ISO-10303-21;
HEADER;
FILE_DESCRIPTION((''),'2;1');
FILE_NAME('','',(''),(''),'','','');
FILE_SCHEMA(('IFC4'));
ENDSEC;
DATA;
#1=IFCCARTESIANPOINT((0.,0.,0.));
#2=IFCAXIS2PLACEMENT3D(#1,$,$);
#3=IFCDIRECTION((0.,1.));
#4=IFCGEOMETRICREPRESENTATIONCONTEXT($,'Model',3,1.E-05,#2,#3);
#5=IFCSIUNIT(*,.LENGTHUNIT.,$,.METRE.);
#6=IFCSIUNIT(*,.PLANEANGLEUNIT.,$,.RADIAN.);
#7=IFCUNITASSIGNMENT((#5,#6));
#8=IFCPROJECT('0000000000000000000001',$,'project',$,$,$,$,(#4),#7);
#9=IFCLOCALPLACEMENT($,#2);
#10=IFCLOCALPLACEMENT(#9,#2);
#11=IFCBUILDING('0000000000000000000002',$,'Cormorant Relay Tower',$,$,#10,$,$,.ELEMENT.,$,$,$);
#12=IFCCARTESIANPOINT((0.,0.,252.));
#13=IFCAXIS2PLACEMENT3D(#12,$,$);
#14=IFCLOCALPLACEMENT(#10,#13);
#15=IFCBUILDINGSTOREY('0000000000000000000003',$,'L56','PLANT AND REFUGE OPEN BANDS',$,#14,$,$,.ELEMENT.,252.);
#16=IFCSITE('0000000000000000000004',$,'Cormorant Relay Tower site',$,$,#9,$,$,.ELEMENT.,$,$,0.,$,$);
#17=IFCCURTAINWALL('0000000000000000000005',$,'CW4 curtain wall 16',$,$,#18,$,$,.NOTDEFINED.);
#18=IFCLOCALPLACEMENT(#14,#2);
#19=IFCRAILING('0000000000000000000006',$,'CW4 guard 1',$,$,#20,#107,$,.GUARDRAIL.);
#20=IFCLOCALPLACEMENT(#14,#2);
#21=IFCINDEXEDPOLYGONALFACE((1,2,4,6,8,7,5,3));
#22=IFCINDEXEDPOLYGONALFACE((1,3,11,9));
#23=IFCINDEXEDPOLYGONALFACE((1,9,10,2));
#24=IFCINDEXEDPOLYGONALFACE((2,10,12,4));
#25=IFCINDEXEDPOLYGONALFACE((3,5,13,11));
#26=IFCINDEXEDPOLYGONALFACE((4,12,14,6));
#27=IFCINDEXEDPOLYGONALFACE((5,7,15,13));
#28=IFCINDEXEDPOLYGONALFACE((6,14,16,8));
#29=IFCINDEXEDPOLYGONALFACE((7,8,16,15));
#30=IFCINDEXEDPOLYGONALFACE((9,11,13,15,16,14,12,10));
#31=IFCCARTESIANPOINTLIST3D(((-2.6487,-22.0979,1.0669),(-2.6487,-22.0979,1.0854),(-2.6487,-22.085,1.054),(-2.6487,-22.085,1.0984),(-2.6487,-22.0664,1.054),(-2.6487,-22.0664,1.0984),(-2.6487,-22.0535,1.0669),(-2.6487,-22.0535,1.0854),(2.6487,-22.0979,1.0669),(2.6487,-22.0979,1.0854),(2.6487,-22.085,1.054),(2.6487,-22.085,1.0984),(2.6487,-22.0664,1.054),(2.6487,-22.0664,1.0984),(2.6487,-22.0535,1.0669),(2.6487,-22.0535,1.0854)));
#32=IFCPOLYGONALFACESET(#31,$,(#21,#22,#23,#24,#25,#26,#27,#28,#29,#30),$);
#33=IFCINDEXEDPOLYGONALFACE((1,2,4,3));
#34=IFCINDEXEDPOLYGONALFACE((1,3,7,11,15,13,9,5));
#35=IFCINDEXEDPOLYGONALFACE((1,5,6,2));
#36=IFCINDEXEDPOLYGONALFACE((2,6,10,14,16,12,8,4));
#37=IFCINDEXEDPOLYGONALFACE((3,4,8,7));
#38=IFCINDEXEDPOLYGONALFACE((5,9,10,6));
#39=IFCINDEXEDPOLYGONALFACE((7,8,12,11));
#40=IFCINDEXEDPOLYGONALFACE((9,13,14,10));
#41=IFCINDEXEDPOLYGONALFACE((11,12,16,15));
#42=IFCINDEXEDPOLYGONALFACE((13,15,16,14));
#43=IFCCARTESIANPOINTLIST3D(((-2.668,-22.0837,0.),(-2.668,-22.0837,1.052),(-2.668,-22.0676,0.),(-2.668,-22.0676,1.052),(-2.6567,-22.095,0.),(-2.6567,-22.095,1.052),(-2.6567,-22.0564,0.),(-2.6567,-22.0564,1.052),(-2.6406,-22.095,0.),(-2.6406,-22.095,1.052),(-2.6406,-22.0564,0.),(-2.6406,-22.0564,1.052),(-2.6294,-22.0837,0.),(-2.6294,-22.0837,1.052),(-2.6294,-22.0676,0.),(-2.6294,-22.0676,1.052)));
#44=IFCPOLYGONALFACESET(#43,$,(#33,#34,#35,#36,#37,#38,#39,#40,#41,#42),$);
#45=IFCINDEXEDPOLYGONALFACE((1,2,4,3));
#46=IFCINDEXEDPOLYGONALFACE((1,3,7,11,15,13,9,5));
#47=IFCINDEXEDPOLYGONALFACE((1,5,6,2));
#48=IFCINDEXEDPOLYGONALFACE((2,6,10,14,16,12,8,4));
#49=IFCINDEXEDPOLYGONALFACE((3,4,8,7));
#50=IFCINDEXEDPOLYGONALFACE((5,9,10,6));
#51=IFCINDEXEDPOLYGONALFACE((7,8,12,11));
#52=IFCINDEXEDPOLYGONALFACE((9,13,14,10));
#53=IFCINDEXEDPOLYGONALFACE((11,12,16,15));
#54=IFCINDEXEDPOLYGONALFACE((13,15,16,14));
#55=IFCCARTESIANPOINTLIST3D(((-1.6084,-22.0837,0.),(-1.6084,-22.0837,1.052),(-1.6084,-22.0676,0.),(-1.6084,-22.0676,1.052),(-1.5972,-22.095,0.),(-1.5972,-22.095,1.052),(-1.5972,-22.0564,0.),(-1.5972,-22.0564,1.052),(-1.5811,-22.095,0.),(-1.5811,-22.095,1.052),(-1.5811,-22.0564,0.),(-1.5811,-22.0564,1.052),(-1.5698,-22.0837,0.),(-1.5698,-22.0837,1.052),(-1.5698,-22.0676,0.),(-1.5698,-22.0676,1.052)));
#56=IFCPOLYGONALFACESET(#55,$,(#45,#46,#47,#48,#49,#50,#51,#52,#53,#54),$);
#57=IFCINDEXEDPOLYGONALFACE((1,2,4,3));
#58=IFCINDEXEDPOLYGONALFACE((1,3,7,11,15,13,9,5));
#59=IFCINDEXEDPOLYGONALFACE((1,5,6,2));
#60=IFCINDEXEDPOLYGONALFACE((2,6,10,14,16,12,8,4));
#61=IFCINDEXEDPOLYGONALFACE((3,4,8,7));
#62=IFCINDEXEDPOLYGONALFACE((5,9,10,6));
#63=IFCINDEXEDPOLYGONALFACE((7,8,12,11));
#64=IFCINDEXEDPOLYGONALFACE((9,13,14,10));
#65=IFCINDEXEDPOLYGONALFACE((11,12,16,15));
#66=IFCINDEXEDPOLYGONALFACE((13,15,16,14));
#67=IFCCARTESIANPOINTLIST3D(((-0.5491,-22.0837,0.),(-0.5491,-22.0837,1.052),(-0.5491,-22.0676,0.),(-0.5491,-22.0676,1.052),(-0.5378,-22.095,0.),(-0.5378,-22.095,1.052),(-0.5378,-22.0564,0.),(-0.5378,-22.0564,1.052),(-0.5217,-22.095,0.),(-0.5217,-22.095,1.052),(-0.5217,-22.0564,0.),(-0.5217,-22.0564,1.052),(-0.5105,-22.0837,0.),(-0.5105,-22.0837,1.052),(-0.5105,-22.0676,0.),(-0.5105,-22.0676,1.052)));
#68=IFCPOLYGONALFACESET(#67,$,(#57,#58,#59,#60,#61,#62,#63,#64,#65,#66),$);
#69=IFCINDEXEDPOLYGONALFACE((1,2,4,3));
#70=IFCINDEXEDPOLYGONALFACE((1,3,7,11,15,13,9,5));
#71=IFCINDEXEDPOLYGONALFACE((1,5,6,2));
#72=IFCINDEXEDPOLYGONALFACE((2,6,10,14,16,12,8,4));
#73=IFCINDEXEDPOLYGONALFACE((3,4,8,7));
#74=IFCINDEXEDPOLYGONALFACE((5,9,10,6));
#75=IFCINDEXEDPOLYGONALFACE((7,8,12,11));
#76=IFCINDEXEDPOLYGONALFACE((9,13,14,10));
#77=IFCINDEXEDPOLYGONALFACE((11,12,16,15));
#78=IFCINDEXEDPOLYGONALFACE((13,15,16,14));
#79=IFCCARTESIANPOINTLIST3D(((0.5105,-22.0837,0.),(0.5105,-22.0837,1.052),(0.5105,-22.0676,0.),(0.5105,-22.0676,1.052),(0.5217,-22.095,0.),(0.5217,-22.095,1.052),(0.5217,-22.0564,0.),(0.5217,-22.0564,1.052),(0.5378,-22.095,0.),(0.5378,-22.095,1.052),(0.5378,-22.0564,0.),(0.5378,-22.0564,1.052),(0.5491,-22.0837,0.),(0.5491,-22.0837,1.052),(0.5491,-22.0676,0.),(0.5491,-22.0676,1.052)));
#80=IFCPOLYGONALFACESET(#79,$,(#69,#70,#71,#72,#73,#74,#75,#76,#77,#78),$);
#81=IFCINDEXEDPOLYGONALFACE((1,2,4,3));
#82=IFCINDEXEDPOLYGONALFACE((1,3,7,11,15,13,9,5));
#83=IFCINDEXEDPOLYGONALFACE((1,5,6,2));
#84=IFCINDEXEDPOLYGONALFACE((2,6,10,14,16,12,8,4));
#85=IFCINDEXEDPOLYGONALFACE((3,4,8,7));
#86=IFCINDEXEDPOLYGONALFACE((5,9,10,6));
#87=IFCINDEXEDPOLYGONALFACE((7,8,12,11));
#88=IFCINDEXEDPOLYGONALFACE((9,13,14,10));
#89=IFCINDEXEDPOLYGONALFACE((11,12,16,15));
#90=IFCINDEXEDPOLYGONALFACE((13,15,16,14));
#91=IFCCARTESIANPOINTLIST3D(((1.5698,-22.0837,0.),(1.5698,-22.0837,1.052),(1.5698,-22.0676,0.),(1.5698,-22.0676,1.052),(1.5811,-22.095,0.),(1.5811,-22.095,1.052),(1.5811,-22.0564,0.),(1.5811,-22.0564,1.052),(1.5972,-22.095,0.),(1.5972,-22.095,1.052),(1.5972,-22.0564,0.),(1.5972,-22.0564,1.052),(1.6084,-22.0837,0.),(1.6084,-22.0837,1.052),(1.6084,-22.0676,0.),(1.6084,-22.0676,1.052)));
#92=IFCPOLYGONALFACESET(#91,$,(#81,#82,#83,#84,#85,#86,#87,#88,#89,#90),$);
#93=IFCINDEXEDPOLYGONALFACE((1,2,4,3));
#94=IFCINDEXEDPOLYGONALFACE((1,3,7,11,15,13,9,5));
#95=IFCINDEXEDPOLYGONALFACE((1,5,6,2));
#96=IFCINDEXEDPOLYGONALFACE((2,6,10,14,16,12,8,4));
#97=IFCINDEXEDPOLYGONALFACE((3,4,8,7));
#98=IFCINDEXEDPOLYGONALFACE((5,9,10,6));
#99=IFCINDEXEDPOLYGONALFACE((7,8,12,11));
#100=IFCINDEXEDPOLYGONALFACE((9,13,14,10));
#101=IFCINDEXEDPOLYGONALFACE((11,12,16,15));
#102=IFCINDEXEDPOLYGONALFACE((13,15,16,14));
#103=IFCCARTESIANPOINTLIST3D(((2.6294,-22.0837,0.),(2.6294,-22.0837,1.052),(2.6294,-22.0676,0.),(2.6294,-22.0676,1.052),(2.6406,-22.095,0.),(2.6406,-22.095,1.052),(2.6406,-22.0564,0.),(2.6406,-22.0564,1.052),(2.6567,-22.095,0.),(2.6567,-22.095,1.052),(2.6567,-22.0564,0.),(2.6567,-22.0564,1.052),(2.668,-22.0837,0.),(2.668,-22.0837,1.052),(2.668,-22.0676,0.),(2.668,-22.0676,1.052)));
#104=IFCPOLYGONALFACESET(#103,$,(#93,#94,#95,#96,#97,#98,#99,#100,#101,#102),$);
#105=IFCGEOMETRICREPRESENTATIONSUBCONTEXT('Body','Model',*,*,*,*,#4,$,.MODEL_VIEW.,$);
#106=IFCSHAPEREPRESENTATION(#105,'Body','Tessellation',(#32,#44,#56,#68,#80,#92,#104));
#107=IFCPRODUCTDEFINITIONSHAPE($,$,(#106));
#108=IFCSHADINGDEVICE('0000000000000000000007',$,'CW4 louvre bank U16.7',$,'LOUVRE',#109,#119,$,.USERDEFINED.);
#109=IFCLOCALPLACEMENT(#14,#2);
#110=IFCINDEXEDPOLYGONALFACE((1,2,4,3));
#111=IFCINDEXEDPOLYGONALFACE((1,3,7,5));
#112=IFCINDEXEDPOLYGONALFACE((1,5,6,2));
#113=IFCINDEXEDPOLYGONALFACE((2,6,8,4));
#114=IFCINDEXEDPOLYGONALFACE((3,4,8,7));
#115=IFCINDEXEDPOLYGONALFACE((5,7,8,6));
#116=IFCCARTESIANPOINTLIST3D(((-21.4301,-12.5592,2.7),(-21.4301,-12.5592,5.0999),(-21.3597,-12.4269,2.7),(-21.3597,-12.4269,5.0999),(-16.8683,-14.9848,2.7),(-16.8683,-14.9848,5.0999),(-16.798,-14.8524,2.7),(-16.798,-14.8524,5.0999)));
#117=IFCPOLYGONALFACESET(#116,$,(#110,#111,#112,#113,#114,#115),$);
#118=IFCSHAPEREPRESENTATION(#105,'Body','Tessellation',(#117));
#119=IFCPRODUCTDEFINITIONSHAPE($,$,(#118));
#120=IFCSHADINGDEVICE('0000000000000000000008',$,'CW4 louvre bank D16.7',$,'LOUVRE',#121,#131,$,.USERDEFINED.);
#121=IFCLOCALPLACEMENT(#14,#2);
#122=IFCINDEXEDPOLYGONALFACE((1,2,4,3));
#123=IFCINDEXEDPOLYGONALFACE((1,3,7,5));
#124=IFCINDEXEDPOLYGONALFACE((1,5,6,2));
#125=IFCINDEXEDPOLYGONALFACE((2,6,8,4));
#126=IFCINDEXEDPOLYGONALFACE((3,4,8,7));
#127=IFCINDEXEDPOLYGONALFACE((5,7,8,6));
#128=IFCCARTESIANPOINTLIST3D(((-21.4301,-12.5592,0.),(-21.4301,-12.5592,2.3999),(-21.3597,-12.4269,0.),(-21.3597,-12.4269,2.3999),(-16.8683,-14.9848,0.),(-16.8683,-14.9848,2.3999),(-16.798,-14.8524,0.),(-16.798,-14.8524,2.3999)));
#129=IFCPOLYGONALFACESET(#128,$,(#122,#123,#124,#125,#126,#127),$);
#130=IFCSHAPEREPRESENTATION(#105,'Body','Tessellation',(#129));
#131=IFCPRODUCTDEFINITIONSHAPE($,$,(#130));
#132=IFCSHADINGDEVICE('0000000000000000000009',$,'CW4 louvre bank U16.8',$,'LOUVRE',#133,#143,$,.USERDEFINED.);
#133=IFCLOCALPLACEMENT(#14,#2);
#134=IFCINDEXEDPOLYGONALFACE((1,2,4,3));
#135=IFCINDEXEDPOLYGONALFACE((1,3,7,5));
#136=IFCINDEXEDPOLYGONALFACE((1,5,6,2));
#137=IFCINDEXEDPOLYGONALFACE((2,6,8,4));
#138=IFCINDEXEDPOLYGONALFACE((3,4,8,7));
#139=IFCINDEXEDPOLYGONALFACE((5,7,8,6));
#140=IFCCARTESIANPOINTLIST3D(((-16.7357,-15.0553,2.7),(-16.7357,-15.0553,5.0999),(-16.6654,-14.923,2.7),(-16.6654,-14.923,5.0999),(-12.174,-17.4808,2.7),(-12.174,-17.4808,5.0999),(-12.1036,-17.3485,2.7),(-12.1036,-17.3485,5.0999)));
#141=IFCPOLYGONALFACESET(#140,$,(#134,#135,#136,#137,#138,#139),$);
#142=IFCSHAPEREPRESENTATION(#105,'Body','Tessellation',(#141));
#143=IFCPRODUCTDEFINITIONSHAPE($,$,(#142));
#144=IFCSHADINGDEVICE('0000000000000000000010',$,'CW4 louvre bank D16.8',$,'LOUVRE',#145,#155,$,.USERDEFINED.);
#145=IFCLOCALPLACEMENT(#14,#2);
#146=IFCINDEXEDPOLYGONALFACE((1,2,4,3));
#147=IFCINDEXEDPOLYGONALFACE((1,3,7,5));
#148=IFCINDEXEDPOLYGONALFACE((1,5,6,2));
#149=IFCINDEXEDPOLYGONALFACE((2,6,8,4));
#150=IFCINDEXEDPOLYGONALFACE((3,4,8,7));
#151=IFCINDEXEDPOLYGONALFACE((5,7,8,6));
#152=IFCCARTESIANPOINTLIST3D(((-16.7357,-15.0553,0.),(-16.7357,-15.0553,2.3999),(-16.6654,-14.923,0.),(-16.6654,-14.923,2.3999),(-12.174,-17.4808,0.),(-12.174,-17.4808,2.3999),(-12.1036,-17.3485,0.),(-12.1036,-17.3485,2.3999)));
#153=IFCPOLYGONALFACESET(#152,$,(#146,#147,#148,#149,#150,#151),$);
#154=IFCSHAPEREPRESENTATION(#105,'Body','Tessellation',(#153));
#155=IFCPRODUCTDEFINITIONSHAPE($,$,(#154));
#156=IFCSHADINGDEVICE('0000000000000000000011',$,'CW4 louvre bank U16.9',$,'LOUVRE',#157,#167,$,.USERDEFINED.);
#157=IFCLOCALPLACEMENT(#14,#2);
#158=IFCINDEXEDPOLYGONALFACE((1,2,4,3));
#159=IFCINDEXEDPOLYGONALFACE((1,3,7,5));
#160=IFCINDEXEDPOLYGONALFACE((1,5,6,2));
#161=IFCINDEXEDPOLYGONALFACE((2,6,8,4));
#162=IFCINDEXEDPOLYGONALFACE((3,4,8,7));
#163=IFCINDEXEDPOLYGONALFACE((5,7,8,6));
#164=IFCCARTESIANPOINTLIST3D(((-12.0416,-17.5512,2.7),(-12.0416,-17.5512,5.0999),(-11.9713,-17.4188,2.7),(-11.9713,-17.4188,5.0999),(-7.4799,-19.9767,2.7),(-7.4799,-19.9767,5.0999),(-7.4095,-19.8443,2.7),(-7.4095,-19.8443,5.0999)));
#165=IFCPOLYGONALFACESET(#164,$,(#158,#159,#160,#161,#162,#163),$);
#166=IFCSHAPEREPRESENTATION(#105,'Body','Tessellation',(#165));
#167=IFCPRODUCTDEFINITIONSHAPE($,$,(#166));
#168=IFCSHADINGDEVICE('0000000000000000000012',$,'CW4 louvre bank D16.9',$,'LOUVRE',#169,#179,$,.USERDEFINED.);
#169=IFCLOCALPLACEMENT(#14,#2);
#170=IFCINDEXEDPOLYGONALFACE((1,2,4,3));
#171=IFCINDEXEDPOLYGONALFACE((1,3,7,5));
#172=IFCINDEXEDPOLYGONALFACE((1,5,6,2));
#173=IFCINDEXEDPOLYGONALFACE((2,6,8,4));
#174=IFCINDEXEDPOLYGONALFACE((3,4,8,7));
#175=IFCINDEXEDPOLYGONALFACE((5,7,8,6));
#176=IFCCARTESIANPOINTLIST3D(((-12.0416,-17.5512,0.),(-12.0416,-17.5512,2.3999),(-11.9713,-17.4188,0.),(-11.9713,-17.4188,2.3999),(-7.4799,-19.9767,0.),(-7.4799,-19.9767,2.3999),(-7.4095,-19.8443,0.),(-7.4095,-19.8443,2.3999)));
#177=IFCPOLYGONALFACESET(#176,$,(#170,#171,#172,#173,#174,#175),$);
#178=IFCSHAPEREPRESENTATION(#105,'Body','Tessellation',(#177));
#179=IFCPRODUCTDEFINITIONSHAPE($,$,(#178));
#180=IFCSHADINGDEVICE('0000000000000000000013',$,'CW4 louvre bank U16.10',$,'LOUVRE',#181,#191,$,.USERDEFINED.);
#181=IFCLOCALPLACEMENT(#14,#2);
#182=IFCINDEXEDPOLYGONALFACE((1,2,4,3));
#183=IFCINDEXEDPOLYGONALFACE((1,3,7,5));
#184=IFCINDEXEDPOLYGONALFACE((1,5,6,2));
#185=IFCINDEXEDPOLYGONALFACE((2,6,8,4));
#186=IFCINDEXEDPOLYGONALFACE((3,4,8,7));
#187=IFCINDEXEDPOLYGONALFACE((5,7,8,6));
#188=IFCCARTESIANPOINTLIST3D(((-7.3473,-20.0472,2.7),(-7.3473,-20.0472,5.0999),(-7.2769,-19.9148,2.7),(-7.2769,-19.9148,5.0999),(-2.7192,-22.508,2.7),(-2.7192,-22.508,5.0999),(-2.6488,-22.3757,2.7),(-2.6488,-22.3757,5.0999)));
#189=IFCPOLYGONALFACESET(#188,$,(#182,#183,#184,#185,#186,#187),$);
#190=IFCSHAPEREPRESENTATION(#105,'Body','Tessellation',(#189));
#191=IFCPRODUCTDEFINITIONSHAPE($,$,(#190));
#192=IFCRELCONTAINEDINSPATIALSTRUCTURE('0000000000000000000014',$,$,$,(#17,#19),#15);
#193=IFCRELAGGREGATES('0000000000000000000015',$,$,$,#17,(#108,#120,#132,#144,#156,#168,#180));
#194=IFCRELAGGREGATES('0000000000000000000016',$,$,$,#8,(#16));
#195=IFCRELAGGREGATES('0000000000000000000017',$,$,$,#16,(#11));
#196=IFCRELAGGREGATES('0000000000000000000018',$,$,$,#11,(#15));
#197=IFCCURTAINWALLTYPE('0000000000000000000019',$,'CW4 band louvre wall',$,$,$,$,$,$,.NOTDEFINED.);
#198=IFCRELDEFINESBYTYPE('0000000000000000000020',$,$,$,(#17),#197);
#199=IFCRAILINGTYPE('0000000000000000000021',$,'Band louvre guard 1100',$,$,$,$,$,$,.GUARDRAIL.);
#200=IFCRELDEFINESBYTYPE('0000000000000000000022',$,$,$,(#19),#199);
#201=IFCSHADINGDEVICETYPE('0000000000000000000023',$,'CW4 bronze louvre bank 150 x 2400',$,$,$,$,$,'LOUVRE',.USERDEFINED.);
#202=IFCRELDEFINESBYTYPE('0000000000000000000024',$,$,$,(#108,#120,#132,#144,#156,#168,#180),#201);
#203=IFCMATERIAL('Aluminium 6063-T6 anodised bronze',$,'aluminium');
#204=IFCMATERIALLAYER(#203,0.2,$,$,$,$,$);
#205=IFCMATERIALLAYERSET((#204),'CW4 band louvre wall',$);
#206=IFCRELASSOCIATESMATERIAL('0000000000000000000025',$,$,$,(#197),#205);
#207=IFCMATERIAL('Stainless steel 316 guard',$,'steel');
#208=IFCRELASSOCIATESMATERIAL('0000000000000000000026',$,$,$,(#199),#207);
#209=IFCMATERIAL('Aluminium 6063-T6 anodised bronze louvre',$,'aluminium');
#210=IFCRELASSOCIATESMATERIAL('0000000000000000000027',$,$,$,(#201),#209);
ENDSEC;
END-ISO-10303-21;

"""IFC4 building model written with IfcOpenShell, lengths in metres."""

from ifc_helpers import new_model, si_unit, direction, frame, origin, origin_2d, place, context, subcontext, project, spatial, polyline, rectangle, outline, extrude, material, layer, layer_set, type_object, element, aggregate, save


model = new_model("IFC4")

# Units and contexts
model_context = context("Model", 3, precision=1e-05, world=origin(), true_north=direction((0.0, 1.0)))
body_context = subcontext(model_context, "Body", "Model", "MODEL_VIEW")
ifc_project = project(units=[si_unit("LENGTHUNIT", "METRE"), si_unit("PLANEANGLEUNIT", "RADIAN")], contexts=[model_context])

# Site, building, storey
site_placement = place(None, origin())
site = spatial("IfcSite", under=ifc_project, at=site_placement, Name="Cormorant Relay Tower site", CompositionType="ELEMENT", RefElevation=0.0)
building_placement = place(site_placement, origin())
building = spatial("IfcBuilding", under=site, at=building_placement, Name="Cormorant Relay Tower", CompositionType="ELEMENT")
storey_placement = place(building_placement, frame((0.0, 0.0, 252.0)))
storey = spatial("IfcBuildingStorey", under=building, at=storey_placement, Name="L56", Description="PLANT AND REFUGE OPEN BANDS", CompositionType="ELEMENT", Elevation=252.0)

# Shared definitions
ifc_material_1 = material(Name="Aluminium 6063-T6 anodised bronze", Category="aluminium")
ifc_layer_1 = layer(ifc_material_1, 0.2)
ifc_layer_set_1 = layer_set([ifc_layer_1], Name="CW4 band louvre wall")
curtain_wall_type = type_object("IfcCurtainWallType", Name="CW4 band louvre wall", PredefinedType="NOTDEFINED", material=ifc_layer_set_1)

# Curtain wall
curtain_wall_1_placement = place(storey_placement, origin())
curtain_wall_1 = element("IfcCurtainWall", 1, at=curtain_wall_1_placement, inside=storey, type_object=curtain_wall_type, Name="CW4 curtain wall 16", PredefinedType="NOTDEFINED")

# Railing
ifc_material_2 = material(Name="Stainless steel 316 guard", Category="steel")
railing_type_1 = type_object("IfcRailingType", Name="Band louvre guard 1100", PredefinedType="GUARDRAIL", material=ifc_material_2)
railing_1_placement = place(storey_placement, frame((-2.6487, -22.0757, 0.0)))
element("IfcRailing", 2, at=railing_1_placement, inside=storey, type_object=railing_type_1, Name="CW4 guard 1", PredefinedType="GUARDRAIL", context=body_context, shape_type="SweptSolid", body=[
    extrude(outline(polyline([(0.0222, 0.0093), (0.0093, 0.0222), (-0.0093, 0.0222), (-0.0222, 0.0093), (-0.0222, -0.0093), (-0.0093, -0.0222), (0.0093, -0.0222), (0.0222, -0.0093), (0.0222, 0.0093)])), frame((0.0, 0.0, 1.0762), z_axis=(1.0, 0.0, 0.0), x_axis=(0.0, 1.0, 0.0)), (0.0, 0.0, 1.0), 5.2974),
    extrude(outline(polyline([(0.0193, 0.0081), (0.0081, 0.0193), (-0.0081, 0.0193), (-0.0193, 0.0081), (-0.0193, -0.0081), (-0.0081, -0.0193), (0.0081, -0.0193), (0.0193, -0.0081), (0.0193, 0.0081)])), origin(), (0.0, 0.0, 1.0), 1.052),
    extrude(outline(polyline([(0.0193, 0.0081), (0.0081, 0.0193), (-0.0081, 0.0193), (-0.0193, 0.0081), (-0.0193, -0.0081), (-0.0081, -0.0193), (0.0081, -0.0193), (0.0193, -0.0081), (0.0193, 0.0081)])), frame((1.0596, 0.0, 0.0)), (0.0, 0.0, 1.0), 1.052),
    extrude(outline(polyline([(0.0193, 0.0081), (0.0081, 0.0193), (-0.0081, 0.0193), (-0.0193, 0.0081), (-0.0193, -0.0081), (-0.0081, -0.0193), (0.0081, -0.0193), (0.0193, -0.0081), (0.0193, 0.0081)])), frame((2.1189, 0.0, 0.0)), (0.0, 0.0, 1.0), 1.052),
    extrude(outline(polyline([(0.0193, 0.0081), (0.0081, 0.0193), (-0.0081, 0.0193), (-0.0193, 0.0081), (-0.0193, -0.0081), (-0.0081, -0.0193), (0.0081, -0.0193), (0.0193, -0.0081), (0.0193, 0.0081)])), frame((3.1785, 0.0, 0.0)), (0.0, 0.0, 1.0), 1.052),
    extrude(outline(polyline([(0.0193, 0.0081), (0.0081, 0.0193), (-0.0081, 0.0193), (-0.0193, 0.0081), (-0.0193, -0.0081), (-0.0081, -0.0193), (0.0081, -0.0193), (0.0193, -0.0081), (0.0193, 0.0081)])), frame((4.2378, 0.0, 0.0)), (0.0, 0.0, 1.0), 1.052),
    extrude(outline(polyline([(0.0193, 0.0081), (0.0081, 0.0193), (-0.0081, 0.0193), (-0.0193, 0.0081), (-0.0193, -0.0081), (-0.0081, -0.0193), (0.0081, -0.0193), (0.0193, -0.0081), (0.0193, 0.0081)])), frame((5.2974, 0.0, 0.0)), (0.0, 0.0, 1.0), 1.052),
])

# Shading devices
ifc_material_3 = material(Name="Aluminium 6063-T6 anodised bronze louvre", Category="aluminium")
shading_device_type = type_object("IfcShadingDeviceType", Name="CW4 bronze louvre bank 150 x 2400", ElementType="LOUVRE", PredefinedType="USERDEFINED", material=ifc_material_3)
shading_device_1_placement = place(storey_placement, frame((-19.114, -13.7058, 2.7), z_axis=(0.0, 0.0, 1.0), x_axis=(0.882948, -0.469472, 0.0)))
shading_device_1 = element("IfcShadingDevice", 3, at=shading_device_1_placement, type_object=shading_device_type, Name="CW4 louvre bank U16.7", ObjectType="LOUVRE", PredefinedType="USERDEFINED", context=body_context, shape_type="SweptSolid", body=[
    extrude(rectangle(XDim=5.1665, YDim=0.1499, at=origin_2d()), origin(), (0.0, 0.0, 1.0), 2.3999),
])
shading_device_2_placement = place(storey_placement, frame((-19.114, -13.7058, 0.0), z_axis=(0.0, 0.0, 1.0), x_axis=(0.882948, -0.469472, 0.0)))
shading_device_2 = element("IfcShadingDevice", 4, at=shading_device_2_placement, type_object=shading_device_type, Name="CW4 louvre bank D16.7", ObjectType="LOUVRE", PredefinedType="USERDEFINED", context=body_context, shape_type="SweptSolid", body=[
    extrude(rectangle(XDim=5.1665, YDim=0.1499, at=origin_2d()), origin(), (0.0, 0.0, 1.0), 2.3999),
])
shading_device_3_placement = place(storey_placement, frame((-14.4197, -16.2019, 2.7), z_axis=(0.0, 0.0, 1.0), x_axis=(0.882948, -0.469472, 0.0)))
shading_device_3 = element("IfcShadingDevice", 5, at=shading_device_3_placement, type_object=shading_device_type, Name="CW4 louvre bank U16.8", ObjectType="LOUVRE", PredefinedType="USERDEFINED", context=body_context, shape_type="SweptSolid", body=[
    extrude(rectangle(XDim=5.1665, YDim=0.1499, at=origin_2d()), origin(), (0.0, 0.0, 1.0), 2.3999),
])
shading_device_4_placement = place(storey_placement, frame((-14.4197, -16.2019, 0.0), z_axis=(0.0, 0.0, 1.0), x_axis=(0.882948, -0.469472, 0.0)))
shading_device_4 = element("IfcShadingDevice", 6, at=shading_device_4_placement, type_object=shading_device_type, Name="CW4 louvre bank D16.8", ObjectType="LOUVRE", PredefinedType="USERDEFINED", context=body_context, shape_type="SweptSolid", body=[
    extrude(rectangle(XDim=5.1665, YDim=0.1499, at=origin_2d()), origin(), (0.0, 0.0, 1.0), 2.3999),
])
shading_device_5_placement = place(storey_placement, frame((-9.7256, -18.6978, 2.7), z_axis=(0.0, 0.0, 1.0), x_axis=(0.882948, -0.469472, 0.0)))
shading_device_5 = element("IfcShadingDevice", 7, at=shading_device_5_placement, type_object=shading_device_type, Name="CW4 louvre bank U16.9", ObjectType="LOUVRE", PredefinedType="USERDEFINED", context=body_context, shape_type="SweptSolid", body=[
    extrude(rectangle(XDim=5.1665, YDim=0.1499, at=origin_2d()), origin(), (0.0, 0.0, 1.0), 2.3999),
])
shading_device_6_placement = place(storey_placement, frame((-9.7256, -18.6978, 0.0), z_axis=(0.0, 0.0, 1.0), x_axis=(0.882948, -0.469472, 0.0)))
shading_device_6 = element("IfcShadingDevice", 8, at=shading_device_6_placement, type_object=shading_device_type, Name="CW4 louvre bank D16.9", ObjectType="LOUVRE", PredefinedType="USERDEFINED", context=body_context, shape_type="SweptSolid", body=[
    extrude(rectangle(XDim=5.1665, YDim=0.1499, at=origin_2d()), origin(), (0.0, 0.0, 1.0), 2.3999),
])
shading_device_7_placement = place(storey_placement, frame((-4.998, -21.2114, 2.7), z_axis=(0.0, 0.0, 1.0), x_axis=(0.882948, -0.469472, 0.0)))
shading_device_7 = element("IfcShadingDevice", 9, at=shading_device_7_placement, type_object=shading_device_type, Name="CW4 louvre bank U16.10", ObjectType="LOUVRE", PredefinedType="USERDEFINED", context=body_context, shape_type="SweptSolid", body=[
    extrude(rectangle(XDim=5.2417, YDim=0.1499, at=origin_2d()), origin(), (0.0, 0.0, 1.0), 2.3999),
])
aggregate(curtain_wall_1, [shading_device_1, shading_device_2, shading_device_3, shading_device_4, shading_device_5, shading_device_6, shading_device_7])

save(model, "model.ifc")
